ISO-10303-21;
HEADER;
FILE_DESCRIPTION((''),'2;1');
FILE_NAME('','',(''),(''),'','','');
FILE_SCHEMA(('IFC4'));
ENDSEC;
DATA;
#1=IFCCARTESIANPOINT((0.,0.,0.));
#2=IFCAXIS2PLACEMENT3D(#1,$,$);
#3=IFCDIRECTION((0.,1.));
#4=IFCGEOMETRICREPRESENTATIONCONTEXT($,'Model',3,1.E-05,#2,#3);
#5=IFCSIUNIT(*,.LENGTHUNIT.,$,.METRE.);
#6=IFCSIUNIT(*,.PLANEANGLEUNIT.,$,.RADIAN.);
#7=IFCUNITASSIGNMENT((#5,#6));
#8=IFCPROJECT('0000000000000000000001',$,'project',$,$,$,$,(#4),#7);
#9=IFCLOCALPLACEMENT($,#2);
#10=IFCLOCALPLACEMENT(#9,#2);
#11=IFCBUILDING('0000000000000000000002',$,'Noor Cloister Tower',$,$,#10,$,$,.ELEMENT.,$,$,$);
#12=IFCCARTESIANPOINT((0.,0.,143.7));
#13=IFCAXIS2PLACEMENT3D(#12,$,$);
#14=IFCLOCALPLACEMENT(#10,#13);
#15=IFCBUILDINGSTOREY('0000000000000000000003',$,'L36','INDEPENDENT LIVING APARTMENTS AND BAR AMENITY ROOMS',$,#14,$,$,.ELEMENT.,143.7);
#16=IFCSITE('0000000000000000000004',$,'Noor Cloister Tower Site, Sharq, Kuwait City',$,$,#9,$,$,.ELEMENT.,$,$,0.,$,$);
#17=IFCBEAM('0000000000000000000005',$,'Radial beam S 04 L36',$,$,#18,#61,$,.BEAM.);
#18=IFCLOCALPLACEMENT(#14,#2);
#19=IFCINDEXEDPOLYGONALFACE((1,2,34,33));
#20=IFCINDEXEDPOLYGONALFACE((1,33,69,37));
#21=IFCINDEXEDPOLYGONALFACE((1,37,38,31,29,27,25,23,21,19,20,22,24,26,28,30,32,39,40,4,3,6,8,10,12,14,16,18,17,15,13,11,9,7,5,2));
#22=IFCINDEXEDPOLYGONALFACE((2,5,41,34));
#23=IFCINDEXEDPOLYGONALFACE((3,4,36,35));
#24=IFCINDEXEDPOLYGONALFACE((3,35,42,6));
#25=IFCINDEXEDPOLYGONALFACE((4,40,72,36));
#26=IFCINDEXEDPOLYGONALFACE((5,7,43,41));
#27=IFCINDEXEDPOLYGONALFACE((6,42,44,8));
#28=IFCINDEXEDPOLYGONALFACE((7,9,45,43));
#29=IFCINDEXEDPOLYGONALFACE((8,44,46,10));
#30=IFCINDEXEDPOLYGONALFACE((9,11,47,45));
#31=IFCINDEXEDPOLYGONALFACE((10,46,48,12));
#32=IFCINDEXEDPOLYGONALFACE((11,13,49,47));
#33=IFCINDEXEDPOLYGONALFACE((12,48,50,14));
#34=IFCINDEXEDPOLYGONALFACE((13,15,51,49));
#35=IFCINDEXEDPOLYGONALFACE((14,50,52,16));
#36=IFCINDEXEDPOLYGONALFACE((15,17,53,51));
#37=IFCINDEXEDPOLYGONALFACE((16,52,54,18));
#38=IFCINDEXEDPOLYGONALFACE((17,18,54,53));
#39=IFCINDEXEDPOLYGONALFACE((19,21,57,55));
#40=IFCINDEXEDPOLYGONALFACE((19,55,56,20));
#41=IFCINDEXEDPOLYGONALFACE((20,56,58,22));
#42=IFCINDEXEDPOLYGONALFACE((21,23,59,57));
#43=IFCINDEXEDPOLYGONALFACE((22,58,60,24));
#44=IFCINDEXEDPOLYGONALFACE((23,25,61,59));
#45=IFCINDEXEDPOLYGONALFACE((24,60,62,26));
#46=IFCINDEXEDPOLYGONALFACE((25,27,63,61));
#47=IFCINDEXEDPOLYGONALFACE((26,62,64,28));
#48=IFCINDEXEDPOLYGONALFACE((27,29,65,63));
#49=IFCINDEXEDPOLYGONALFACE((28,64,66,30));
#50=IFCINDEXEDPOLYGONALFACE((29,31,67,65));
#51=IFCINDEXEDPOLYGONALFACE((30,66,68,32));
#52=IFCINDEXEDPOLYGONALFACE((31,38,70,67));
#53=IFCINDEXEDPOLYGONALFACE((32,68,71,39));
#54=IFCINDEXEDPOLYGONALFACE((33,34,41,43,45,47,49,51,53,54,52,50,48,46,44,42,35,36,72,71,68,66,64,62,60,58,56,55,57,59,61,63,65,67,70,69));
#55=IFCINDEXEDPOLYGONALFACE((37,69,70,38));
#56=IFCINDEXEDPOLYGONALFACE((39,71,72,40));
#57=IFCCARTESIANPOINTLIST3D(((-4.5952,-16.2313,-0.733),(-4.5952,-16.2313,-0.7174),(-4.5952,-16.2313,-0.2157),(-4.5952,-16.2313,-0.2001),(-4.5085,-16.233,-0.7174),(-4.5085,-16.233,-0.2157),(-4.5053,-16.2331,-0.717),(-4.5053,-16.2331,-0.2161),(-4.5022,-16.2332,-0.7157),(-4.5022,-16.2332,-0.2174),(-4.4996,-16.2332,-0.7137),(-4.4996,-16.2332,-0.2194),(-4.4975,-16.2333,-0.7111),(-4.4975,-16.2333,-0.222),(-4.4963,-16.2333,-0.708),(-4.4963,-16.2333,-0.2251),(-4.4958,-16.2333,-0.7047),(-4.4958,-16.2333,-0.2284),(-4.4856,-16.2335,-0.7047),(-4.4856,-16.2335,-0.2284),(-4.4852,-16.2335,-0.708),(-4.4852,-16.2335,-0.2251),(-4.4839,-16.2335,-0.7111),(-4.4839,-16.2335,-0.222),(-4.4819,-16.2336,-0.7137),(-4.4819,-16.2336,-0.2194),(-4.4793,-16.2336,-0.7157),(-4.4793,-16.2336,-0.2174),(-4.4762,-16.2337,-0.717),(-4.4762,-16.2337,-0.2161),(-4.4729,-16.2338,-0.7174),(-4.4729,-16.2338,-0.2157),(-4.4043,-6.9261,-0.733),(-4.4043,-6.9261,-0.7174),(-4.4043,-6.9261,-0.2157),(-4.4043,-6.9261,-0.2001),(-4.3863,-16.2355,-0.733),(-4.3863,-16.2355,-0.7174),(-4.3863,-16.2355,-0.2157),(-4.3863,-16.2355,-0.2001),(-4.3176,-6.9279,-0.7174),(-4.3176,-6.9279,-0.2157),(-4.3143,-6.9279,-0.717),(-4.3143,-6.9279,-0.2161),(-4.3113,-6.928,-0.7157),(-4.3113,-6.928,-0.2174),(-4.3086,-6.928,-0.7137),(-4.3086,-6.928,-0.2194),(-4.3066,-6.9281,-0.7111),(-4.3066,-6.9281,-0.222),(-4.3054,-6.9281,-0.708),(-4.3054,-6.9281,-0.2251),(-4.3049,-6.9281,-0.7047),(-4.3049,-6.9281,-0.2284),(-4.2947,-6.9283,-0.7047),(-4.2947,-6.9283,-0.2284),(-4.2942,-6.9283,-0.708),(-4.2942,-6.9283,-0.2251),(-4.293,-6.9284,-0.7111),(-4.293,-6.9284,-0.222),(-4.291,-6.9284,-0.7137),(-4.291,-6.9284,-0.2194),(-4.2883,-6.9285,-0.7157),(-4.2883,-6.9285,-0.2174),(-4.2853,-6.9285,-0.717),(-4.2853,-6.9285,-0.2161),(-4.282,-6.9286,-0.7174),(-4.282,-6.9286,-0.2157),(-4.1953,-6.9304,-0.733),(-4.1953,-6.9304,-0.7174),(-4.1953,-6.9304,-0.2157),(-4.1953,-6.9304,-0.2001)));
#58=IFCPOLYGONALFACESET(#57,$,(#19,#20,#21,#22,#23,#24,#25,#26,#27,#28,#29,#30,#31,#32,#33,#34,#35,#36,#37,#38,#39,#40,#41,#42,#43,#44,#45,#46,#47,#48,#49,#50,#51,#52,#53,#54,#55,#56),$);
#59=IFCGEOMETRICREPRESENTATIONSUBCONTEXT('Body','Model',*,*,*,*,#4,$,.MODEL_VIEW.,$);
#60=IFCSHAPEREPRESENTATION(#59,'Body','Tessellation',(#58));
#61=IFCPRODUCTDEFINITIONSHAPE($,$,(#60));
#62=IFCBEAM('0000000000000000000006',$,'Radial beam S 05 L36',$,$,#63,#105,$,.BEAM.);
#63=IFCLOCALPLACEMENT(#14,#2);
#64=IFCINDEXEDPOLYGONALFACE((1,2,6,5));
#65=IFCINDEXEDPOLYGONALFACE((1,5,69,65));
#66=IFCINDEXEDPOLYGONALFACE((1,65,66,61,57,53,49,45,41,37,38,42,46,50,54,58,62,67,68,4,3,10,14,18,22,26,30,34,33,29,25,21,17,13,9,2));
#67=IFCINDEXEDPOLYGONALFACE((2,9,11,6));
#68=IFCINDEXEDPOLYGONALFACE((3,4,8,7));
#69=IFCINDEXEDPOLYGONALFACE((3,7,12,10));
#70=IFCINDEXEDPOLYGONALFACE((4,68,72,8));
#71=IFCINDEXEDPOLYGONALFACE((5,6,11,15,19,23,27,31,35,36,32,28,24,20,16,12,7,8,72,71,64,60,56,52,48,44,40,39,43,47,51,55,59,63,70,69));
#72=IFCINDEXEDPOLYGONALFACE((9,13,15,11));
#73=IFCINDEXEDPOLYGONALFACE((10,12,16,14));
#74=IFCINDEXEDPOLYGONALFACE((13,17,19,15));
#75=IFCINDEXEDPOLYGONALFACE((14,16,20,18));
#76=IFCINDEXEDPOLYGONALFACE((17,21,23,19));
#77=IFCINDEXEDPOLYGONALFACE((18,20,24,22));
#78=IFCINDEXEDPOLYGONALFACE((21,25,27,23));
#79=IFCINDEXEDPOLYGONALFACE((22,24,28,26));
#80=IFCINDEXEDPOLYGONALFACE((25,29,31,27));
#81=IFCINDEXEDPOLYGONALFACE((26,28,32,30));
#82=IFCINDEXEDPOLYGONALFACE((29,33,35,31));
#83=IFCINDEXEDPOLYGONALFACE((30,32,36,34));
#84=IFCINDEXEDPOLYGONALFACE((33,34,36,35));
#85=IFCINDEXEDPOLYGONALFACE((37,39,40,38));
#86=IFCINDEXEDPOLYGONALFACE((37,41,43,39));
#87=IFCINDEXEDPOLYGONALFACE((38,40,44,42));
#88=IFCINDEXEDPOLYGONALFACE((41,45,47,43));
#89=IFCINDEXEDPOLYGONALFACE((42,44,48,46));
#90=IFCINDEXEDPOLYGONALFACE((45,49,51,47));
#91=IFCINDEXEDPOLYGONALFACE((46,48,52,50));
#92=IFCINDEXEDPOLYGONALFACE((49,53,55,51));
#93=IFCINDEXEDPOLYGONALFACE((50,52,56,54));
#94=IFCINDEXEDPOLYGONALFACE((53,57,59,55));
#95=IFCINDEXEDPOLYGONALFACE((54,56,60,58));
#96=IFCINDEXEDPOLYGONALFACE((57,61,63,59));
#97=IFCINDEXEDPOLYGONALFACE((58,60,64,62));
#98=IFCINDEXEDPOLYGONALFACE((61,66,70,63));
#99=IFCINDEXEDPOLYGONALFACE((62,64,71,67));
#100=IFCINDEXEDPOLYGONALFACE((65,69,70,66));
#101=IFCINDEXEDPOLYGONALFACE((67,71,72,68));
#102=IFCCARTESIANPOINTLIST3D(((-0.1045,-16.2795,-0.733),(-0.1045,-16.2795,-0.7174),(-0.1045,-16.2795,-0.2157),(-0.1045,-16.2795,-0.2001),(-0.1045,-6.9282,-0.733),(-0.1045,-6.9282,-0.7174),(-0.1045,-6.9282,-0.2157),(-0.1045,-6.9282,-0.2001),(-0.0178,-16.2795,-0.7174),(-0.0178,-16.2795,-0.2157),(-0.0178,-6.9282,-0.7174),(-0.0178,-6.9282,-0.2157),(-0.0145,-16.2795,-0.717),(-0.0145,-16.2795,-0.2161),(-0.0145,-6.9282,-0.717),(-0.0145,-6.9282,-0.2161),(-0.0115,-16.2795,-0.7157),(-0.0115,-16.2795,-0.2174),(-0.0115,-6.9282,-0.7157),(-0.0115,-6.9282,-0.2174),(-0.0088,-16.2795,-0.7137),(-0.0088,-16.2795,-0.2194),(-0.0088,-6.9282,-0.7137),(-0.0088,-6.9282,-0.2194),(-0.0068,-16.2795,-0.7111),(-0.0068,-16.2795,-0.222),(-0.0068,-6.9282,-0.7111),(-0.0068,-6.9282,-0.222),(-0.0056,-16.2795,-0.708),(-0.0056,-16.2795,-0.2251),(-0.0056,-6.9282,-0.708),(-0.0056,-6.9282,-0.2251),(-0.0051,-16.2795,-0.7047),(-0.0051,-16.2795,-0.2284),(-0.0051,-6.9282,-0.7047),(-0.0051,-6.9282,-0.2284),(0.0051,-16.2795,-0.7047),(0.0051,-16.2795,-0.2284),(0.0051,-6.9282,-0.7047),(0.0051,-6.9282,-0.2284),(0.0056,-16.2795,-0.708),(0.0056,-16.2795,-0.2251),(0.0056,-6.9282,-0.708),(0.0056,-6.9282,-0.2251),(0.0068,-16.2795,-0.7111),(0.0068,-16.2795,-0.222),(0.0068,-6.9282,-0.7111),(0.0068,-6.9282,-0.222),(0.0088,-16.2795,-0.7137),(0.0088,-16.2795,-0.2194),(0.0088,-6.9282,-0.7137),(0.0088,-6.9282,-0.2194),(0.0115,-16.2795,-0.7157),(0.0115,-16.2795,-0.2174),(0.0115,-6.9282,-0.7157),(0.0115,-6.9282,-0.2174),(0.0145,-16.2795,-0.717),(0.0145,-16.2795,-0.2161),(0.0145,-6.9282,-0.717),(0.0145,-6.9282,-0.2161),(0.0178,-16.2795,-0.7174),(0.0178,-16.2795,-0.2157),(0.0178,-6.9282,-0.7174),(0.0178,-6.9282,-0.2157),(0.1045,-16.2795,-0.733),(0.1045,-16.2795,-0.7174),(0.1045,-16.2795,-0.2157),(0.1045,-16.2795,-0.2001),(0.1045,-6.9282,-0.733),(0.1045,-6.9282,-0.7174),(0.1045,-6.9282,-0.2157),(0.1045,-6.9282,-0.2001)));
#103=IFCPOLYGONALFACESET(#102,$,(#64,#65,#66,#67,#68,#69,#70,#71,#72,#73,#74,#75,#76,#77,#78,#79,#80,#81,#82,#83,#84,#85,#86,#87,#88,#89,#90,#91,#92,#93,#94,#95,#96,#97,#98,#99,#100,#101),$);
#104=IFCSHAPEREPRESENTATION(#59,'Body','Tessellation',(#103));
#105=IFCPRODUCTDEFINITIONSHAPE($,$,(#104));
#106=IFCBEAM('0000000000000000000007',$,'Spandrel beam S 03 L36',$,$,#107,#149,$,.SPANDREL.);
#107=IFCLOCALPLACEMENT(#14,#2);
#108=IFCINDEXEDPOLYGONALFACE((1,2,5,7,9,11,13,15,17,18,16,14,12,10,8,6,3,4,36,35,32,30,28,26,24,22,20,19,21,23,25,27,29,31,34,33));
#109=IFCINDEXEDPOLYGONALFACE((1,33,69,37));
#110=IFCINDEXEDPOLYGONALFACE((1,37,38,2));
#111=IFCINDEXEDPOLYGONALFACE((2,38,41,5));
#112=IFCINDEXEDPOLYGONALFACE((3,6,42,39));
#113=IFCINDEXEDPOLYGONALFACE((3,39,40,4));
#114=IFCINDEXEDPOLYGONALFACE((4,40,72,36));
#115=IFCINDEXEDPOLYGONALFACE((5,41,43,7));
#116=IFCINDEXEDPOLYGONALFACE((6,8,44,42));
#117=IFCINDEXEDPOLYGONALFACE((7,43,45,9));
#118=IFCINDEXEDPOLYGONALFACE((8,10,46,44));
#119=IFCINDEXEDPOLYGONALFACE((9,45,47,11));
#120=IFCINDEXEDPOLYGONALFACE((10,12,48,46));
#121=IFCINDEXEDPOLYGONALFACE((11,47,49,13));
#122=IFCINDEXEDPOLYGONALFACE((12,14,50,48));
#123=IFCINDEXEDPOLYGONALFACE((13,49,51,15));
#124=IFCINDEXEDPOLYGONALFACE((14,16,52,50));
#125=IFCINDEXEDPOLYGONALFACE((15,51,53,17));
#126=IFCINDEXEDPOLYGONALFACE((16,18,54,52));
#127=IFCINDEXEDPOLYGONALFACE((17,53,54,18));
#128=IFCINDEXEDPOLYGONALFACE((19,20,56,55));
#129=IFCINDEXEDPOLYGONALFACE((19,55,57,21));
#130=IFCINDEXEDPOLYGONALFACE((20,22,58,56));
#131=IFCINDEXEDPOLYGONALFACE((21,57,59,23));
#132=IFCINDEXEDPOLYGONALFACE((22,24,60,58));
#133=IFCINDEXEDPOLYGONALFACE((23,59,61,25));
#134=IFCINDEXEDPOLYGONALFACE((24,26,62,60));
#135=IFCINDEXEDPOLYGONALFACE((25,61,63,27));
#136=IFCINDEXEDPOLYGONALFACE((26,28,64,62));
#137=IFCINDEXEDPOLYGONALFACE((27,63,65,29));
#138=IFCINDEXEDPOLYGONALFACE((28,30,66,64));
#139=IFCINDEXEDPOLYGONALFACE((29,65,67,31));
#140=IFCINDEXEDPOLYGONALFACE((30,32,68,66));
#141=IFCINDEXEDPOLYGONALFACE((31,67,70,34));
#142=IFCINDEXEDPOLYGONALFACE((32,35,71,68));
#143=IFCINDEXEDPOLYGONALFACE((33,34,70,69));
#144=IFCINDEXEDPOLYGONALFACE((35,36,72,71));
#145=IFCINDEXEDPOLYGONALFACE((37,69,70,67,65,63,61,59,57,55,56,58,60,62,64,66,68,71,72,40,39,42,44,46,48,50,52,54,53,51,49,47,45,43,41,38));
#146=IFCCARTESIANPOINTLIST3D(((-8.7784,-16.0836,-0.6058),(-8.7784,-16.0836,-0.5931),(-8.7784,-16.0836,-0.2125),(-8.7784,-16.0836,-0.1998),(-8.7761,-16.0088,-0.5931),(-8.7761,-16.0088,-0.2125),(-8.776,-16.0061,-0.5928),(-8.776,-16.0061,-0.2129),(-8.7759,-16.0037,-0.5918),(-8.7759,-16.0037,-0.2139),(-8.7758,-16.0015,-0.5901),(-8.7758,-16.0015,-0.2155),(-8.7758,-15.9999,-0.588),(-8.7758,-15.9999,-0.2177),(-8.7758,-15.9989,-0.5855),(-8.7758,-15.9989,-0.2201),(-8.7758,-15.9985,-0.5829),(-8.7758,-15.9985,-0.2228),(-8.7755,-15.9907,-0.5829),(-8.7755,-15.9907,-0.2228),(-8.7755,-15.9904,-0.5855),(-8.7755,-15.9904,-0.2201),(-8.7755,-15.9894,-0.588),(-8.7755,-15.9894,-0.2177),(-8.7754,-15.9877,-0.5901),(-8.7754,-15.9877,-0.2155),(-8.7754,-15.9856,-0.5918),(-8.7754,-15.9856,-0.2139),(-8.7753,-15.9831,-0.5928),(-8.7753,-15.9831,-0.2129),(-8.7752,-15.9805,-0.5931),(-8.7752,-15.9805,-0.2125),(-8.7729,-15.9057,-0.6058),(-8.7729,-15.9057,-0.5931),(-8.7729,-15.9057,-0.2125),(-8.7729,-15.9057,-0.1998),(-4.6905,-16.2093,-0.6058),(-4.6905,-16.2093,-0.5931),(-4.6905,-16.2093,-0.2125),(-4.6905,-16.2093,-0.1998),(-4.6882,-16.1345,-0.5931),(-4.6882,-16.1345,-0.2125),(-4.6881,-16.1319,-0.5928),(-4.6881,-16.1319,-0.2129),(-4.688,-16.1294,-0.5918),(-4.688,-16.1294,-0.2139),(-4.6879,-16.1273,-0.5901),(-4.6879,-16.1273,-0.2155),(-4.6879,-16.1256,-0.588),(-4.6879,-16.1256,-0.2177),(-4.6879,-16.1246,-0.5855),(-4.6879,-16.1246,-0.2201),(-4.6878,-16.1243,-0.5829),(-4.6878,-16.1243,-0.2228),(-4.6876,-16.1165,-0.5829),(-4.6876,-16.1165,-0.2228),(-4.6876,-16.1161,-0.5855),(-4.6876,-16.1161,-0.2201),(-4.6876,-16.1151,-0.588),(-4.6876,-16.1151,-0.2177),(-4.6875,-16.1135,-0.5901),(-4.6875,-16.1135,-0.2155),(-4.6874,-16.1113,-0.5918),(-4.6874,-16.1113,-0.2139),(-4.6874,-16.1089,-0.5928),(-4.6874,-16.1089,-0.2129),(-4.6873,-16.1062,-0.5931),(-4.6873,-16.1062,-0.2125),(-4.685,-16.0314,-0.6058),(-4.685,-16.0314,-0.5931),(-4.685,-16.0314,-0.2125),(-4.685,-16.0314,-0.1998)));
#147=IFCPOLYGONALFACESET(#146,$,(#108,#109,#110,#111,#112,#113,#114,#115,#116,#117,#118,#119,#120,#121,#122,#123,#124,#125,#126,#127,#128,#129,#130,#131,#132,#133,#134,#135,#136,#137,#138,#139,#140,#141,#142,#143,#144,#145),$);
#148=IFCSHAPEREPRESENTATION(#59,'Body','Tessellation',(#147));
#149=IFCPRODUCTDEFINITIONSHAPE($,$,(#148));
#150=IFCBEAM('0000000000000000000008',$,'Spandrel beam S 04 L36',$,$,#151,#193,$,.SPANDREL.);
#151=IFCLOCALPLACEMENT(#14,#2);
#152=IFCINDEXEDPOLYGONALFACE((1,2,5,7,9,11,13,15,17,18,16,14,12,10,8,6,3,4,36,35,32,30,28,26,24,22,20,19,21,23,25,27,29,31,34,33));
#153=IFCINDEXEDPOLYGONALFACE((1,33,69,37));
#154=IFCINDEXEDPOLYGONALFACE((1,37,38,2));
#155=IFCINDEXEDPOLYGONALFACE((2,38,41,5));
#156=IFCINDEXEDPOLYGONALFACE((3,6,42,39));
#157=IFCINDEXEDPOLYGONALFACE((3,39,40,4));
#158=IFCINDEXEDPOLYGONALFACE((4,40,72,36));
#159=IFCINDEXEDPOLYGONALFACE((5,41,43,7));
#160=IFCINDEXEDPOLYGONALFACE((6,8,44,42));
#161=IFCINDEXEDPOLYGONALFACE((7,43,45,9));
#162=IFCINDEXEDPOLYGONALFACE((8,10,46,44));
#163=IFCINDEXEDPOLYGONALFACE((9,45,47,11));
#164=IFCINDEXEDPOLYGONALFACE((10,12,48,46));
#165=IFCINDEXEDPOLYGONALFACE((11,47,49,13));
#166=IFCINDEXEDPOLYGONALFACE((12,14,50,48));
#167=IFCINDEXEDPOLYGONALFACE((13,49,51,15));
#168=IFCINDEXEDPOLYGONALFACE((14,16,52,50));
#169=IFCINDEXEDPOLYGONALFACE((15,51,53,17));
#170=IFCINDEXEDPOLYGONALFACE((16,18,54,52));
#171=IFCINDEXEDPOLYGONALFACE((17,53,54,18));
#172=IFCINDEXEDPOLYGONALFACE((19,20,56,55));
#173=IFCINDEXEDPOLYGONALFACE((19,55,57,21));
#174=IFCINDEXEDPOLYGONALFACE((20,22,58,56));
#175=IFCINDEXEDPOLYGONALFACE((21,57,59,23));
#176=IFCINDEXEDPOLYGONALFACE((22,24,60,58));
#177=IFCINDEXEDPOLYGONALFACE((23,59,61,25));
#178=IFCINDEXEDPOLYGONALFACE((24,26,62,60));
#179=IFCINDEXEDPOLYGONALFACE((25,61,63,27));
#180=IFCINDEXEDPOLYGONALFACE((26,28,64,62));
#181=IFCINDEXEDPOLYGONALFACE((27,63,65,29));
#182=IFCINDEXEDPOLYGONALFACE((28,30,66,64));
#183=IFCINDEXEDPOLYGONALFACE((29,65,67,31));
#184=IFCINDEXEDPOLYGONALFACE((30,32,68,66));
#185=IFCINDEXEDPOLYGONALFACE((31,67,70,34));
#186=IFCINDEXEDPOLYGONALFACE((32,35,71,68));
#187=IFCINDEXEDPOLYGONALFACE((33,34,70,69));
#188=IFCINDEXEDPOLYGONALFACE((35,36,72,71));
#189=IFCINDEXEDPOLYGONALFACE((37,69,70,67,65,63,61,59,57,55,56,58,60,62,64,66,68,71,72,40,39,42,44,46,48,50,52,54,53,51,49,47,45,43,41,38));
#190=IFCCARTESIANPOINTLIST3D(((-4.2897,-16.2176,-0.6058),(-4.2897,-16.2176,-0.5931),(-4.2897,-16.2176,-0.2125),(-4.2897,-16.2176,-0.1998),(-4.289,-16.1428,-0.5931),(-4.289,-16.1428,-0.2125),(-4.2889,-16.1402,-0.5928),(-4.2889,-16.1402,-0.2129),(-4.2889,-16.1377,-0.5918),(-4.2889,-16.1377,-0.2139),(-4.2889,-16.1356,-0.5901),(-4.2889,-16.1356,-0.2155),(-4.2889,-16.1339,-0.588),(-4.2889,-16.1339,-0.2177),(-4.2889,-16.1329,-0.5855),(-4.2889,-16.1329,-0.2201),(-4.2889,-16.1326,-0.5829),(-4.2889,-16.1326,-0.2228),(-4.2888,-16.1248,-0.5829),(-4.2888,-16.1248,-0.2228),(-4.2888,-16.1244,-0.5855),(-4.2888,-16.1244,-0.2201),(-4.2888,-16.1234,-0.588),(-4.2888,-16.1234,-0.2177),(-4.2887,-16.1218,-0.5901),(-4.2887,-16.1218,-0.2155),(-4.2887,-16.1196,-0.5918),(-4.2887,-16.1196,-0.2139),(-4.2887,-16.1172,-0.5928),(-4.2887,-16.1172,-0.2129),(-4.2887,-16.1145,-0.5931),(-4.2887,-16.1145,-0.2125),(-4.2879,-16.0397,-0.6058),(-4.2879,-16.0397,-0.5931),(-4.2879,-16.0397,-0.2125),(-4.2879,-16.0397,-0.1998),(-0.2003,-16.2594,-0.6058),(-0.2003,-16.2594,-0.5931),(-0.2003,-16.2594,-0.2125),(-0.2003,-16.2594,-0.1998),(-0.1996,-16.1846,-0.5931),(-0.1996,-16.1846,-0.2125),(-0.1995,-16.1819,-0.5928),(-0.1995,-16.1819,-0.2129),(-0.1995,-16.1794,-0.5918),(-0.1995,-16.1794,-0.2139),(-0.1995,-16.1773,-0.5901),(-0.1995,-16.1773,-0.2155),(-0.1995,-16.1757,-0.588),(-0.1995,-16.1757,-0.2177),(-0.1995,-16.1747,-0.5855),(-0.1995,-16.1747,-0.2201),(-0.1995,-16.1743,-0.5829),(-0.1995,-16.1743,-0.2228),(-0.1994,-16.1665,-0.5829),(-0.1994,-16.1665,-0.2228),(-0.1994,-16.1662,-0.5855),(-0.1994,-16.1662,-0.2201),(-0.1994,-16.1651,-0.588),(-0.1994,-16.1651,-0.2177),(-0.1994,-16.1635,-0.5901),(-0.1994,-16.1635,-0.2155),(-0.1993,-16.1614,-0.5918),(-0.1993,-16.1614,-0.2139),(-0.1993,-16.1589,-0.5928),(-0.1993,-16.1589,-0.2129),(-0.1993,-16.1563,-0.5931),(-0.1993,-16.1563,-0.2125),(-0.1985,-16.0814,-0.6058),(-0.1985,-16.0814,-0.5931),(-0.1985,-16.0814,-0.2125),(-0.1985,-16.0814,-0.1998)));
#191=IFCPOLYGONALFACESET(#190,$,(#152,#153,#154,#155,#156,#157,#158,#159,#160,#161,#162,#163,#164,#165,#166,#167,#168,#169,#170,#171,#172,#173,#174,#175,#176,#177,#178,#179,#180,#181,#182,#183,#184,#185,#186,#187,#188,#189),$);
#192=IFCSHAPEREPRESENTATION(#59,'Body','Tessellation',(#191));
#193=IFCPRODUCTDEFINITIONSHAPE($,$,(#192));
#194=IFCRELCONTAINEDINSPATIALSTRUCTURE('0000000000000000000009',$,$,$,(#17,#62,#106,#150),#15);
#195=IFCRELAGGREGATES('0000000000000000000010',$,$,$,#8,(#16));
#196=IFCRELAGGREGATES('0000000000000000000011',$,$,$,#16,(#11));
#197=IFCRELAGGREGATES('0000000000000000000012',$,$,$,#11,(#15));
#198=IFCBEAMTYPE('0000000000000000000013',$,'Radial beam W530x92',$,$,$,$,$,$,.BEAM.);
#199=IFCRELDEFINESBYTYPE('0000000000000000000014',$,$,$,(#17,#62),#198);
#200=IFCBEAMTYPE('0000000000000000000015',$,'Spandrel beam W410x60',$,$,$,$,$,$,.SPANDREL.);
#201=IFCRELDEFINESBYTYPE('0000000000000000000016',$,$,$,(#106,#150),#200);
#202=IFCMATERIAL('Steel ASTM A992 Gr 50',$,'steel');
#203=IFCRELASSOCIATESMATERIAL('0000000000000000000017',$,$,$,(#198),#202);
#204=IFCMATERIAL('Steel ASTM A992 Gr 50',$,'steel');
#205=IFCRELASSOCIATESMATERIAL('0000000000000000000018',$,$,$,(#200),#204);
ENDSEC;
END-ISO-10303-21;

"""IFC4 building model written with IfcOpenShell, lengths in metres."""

from ifc_helpers import new_model, si_unit, direction, frame, origin, origin_2d, place, context, subcontext, project, spatial, i_section, extrude, material, material_profile, profile_set, type_object, element, save


model = new_model("IFC4")

# Units and contexts
model_context = context("Model", 3, precision=1e-05, world=origin(), true_north=direction((0.0, 1.0)))
body_context = subcontext(model_context, "Body", "Model", "MODEL_VIEW")
ifc_project = project(units=[si_unit("LENGTHUNIT", "METRE"), si_unit("PLANEANGLEUNIT", "RADIAN")], contexts=[model_context])

# Site, building, storey
site_placement = place(None, origin())
site = spatial("IfcSite", under=ifc_project, at=site_placement, Name="Noor Cloister Tower Site, Sharq, Kuwait City", CompositionType="ELEMENT", RefElevation=0.0)
building_placement = place(site_placement, origin())
building = spatial("IfcBuilding", under=site, at=building_placement, Name="Noor Cloister Tower", CompositionType="ELEMENT")
storey_placement = place(building_placement, frame((0.0, 0.0, 143.7)))
storey = spatial("IfcBuildingStorey", under=building, at=storey_placement, Name="L36", Description="INDEPENDENT LIVING APARTMENTS AND BAR AMENITY ROOMS", CompositionType="ELEMENT", Elevation=143.7)

# Beams
ifc_material_1 = material(Name="Steel ASTM A992 Gr 50", Category="steel")
ifc_material_profile_1 = material_profile(ifc_material_1, i_section(OverallWidth=0.209, OverallDepth=0.533, WebThickness=0.0103, FlangeThickness=0.0156, FilletRadius=0.0127, at=origin_2d()), Name="W530x92")
ifc_profile_set_1 = profile_set([ifc_material_profile_1], Name="Steel ASTM A992 Gr 50")
beam_type_1 = type_object("IfcBeamType", Name="Radial beam W530x92", PredefinedType="BEAM", material=ifc_profile_set_1)
beam_1_placement = place(storey_placement, frame((-4.4907, -16.2334, -0.4666), z_axis=(0.020513, 0.99979, 0.0), x_axis=(-0.99979, 0.020513, 0.0)))
element("IfcBeam", 1, at=beam_1_placement, inside=storey, type_object=beam_type_1, Name="Radial beam S 04 L36", PredefinedType="BEAM", context=body_context, shape_type="SweptSolid", body=[
    extrude(i_section(OverallWidth=0.209, OverallDepth=0.533, WebThickness=0.0103, FlangeThickness=0.0156, FilletRadius=0.0127, at=origin_2d()), origin(), (0.0, 0.0, 1.0), 9.3071),
])
beam_2_placement = place(storey_placement, frame((0.0, -16.2795, -0.4666), z_axis=(0.0, 1.0, 0.0), x_axis=(-1.0, 0.0, 0.0)))
element("IfcBeam", 2, at=beam_2_placement, inside=storey, type_object=beam_type_1, Name="Radial beam S 05 L36", PredefinedType="BEAM", context=body_context, shape_type="SweptSolid", body=[
    extrude(i_section(OverallWidth=0.209, OverallDepth=0.533, WebThickness=0.0103, FlangeThickness=0.0156, FilletRadius=0.0127, at=origin_2d()), origin(), (0.0, 0.0, 1.0), 9.3513),
])
ifc_material_2 = material(Name="Steel ASTM A992 Gr 50", Category="steel")
ifc_material_profile_2 = material_profile(ifc_material_2, i_section(OverallWidth=0.178, OverallDepth=0.406, WebThickness=0.0078, FlangeThickness=0.0127, FilletRadius=0.0103, at=origin_2d()), Name="W410x60")
ifc_profile_set_2 = profile_set([ifc_material_profile_2], Name="Steel ASTM A992 Gr 50")
beam_type_2 = type_object("IfcBeamType", Name="Spandrel beam W410x60", PredefinedType="SPANDREL", material=ifc_profile_set_2)
beam_3_placement = place(storey_placement, frame((-8.7756, -15.9946, -0.4028), z_axis=(0.999527, -0.030743, 0.0), x_axis=(0.030743, 0.999527, 0.0)))
element("IfcBeam", 3, at=beam_3_placement, inside=storey, type_object=beam_type_2, Name="Spandrel beam S 03 L36", PredefinedType="SPANDREL", context=body_context, shape_type="SweptSolid", body=[
    extrude(i_section(OverallWidth=0.178, OverallDepth=0.406, WebThickness=0.0078, FlangeThickness=0.0127, FilletRadius=0.0103, at=origin_2d()), origin(), (0.0, 0.0, 1.0), 4.0898),
])
beam_4_placement = place(storey_placement, frame((-4.2888, -16.1287, -0.4028), z_axis=(0.999948, -0.010208, 0.0), x_axis=(0.010208, 0.999948, 0.0)))
element("IfcBeam", 4, at=beam_4_placement, inside=storey, type_object=beam_type_2, Name="Spandrel beam S 04 L36", PredefinedType="SPANDREL", context=body_context, shape_type="SweptSolid", body=[
    extrude(i_section(OverallWidth=0.178, OverallDepth=0.406, WebThickness=0.0078, FlangeThickness=0.0127, FilletRadius=0.0103, at=origin_2d()), origin(), (0.0, 0.0, 1.0), 4.0896),
])

save(model, "model.ifc")
